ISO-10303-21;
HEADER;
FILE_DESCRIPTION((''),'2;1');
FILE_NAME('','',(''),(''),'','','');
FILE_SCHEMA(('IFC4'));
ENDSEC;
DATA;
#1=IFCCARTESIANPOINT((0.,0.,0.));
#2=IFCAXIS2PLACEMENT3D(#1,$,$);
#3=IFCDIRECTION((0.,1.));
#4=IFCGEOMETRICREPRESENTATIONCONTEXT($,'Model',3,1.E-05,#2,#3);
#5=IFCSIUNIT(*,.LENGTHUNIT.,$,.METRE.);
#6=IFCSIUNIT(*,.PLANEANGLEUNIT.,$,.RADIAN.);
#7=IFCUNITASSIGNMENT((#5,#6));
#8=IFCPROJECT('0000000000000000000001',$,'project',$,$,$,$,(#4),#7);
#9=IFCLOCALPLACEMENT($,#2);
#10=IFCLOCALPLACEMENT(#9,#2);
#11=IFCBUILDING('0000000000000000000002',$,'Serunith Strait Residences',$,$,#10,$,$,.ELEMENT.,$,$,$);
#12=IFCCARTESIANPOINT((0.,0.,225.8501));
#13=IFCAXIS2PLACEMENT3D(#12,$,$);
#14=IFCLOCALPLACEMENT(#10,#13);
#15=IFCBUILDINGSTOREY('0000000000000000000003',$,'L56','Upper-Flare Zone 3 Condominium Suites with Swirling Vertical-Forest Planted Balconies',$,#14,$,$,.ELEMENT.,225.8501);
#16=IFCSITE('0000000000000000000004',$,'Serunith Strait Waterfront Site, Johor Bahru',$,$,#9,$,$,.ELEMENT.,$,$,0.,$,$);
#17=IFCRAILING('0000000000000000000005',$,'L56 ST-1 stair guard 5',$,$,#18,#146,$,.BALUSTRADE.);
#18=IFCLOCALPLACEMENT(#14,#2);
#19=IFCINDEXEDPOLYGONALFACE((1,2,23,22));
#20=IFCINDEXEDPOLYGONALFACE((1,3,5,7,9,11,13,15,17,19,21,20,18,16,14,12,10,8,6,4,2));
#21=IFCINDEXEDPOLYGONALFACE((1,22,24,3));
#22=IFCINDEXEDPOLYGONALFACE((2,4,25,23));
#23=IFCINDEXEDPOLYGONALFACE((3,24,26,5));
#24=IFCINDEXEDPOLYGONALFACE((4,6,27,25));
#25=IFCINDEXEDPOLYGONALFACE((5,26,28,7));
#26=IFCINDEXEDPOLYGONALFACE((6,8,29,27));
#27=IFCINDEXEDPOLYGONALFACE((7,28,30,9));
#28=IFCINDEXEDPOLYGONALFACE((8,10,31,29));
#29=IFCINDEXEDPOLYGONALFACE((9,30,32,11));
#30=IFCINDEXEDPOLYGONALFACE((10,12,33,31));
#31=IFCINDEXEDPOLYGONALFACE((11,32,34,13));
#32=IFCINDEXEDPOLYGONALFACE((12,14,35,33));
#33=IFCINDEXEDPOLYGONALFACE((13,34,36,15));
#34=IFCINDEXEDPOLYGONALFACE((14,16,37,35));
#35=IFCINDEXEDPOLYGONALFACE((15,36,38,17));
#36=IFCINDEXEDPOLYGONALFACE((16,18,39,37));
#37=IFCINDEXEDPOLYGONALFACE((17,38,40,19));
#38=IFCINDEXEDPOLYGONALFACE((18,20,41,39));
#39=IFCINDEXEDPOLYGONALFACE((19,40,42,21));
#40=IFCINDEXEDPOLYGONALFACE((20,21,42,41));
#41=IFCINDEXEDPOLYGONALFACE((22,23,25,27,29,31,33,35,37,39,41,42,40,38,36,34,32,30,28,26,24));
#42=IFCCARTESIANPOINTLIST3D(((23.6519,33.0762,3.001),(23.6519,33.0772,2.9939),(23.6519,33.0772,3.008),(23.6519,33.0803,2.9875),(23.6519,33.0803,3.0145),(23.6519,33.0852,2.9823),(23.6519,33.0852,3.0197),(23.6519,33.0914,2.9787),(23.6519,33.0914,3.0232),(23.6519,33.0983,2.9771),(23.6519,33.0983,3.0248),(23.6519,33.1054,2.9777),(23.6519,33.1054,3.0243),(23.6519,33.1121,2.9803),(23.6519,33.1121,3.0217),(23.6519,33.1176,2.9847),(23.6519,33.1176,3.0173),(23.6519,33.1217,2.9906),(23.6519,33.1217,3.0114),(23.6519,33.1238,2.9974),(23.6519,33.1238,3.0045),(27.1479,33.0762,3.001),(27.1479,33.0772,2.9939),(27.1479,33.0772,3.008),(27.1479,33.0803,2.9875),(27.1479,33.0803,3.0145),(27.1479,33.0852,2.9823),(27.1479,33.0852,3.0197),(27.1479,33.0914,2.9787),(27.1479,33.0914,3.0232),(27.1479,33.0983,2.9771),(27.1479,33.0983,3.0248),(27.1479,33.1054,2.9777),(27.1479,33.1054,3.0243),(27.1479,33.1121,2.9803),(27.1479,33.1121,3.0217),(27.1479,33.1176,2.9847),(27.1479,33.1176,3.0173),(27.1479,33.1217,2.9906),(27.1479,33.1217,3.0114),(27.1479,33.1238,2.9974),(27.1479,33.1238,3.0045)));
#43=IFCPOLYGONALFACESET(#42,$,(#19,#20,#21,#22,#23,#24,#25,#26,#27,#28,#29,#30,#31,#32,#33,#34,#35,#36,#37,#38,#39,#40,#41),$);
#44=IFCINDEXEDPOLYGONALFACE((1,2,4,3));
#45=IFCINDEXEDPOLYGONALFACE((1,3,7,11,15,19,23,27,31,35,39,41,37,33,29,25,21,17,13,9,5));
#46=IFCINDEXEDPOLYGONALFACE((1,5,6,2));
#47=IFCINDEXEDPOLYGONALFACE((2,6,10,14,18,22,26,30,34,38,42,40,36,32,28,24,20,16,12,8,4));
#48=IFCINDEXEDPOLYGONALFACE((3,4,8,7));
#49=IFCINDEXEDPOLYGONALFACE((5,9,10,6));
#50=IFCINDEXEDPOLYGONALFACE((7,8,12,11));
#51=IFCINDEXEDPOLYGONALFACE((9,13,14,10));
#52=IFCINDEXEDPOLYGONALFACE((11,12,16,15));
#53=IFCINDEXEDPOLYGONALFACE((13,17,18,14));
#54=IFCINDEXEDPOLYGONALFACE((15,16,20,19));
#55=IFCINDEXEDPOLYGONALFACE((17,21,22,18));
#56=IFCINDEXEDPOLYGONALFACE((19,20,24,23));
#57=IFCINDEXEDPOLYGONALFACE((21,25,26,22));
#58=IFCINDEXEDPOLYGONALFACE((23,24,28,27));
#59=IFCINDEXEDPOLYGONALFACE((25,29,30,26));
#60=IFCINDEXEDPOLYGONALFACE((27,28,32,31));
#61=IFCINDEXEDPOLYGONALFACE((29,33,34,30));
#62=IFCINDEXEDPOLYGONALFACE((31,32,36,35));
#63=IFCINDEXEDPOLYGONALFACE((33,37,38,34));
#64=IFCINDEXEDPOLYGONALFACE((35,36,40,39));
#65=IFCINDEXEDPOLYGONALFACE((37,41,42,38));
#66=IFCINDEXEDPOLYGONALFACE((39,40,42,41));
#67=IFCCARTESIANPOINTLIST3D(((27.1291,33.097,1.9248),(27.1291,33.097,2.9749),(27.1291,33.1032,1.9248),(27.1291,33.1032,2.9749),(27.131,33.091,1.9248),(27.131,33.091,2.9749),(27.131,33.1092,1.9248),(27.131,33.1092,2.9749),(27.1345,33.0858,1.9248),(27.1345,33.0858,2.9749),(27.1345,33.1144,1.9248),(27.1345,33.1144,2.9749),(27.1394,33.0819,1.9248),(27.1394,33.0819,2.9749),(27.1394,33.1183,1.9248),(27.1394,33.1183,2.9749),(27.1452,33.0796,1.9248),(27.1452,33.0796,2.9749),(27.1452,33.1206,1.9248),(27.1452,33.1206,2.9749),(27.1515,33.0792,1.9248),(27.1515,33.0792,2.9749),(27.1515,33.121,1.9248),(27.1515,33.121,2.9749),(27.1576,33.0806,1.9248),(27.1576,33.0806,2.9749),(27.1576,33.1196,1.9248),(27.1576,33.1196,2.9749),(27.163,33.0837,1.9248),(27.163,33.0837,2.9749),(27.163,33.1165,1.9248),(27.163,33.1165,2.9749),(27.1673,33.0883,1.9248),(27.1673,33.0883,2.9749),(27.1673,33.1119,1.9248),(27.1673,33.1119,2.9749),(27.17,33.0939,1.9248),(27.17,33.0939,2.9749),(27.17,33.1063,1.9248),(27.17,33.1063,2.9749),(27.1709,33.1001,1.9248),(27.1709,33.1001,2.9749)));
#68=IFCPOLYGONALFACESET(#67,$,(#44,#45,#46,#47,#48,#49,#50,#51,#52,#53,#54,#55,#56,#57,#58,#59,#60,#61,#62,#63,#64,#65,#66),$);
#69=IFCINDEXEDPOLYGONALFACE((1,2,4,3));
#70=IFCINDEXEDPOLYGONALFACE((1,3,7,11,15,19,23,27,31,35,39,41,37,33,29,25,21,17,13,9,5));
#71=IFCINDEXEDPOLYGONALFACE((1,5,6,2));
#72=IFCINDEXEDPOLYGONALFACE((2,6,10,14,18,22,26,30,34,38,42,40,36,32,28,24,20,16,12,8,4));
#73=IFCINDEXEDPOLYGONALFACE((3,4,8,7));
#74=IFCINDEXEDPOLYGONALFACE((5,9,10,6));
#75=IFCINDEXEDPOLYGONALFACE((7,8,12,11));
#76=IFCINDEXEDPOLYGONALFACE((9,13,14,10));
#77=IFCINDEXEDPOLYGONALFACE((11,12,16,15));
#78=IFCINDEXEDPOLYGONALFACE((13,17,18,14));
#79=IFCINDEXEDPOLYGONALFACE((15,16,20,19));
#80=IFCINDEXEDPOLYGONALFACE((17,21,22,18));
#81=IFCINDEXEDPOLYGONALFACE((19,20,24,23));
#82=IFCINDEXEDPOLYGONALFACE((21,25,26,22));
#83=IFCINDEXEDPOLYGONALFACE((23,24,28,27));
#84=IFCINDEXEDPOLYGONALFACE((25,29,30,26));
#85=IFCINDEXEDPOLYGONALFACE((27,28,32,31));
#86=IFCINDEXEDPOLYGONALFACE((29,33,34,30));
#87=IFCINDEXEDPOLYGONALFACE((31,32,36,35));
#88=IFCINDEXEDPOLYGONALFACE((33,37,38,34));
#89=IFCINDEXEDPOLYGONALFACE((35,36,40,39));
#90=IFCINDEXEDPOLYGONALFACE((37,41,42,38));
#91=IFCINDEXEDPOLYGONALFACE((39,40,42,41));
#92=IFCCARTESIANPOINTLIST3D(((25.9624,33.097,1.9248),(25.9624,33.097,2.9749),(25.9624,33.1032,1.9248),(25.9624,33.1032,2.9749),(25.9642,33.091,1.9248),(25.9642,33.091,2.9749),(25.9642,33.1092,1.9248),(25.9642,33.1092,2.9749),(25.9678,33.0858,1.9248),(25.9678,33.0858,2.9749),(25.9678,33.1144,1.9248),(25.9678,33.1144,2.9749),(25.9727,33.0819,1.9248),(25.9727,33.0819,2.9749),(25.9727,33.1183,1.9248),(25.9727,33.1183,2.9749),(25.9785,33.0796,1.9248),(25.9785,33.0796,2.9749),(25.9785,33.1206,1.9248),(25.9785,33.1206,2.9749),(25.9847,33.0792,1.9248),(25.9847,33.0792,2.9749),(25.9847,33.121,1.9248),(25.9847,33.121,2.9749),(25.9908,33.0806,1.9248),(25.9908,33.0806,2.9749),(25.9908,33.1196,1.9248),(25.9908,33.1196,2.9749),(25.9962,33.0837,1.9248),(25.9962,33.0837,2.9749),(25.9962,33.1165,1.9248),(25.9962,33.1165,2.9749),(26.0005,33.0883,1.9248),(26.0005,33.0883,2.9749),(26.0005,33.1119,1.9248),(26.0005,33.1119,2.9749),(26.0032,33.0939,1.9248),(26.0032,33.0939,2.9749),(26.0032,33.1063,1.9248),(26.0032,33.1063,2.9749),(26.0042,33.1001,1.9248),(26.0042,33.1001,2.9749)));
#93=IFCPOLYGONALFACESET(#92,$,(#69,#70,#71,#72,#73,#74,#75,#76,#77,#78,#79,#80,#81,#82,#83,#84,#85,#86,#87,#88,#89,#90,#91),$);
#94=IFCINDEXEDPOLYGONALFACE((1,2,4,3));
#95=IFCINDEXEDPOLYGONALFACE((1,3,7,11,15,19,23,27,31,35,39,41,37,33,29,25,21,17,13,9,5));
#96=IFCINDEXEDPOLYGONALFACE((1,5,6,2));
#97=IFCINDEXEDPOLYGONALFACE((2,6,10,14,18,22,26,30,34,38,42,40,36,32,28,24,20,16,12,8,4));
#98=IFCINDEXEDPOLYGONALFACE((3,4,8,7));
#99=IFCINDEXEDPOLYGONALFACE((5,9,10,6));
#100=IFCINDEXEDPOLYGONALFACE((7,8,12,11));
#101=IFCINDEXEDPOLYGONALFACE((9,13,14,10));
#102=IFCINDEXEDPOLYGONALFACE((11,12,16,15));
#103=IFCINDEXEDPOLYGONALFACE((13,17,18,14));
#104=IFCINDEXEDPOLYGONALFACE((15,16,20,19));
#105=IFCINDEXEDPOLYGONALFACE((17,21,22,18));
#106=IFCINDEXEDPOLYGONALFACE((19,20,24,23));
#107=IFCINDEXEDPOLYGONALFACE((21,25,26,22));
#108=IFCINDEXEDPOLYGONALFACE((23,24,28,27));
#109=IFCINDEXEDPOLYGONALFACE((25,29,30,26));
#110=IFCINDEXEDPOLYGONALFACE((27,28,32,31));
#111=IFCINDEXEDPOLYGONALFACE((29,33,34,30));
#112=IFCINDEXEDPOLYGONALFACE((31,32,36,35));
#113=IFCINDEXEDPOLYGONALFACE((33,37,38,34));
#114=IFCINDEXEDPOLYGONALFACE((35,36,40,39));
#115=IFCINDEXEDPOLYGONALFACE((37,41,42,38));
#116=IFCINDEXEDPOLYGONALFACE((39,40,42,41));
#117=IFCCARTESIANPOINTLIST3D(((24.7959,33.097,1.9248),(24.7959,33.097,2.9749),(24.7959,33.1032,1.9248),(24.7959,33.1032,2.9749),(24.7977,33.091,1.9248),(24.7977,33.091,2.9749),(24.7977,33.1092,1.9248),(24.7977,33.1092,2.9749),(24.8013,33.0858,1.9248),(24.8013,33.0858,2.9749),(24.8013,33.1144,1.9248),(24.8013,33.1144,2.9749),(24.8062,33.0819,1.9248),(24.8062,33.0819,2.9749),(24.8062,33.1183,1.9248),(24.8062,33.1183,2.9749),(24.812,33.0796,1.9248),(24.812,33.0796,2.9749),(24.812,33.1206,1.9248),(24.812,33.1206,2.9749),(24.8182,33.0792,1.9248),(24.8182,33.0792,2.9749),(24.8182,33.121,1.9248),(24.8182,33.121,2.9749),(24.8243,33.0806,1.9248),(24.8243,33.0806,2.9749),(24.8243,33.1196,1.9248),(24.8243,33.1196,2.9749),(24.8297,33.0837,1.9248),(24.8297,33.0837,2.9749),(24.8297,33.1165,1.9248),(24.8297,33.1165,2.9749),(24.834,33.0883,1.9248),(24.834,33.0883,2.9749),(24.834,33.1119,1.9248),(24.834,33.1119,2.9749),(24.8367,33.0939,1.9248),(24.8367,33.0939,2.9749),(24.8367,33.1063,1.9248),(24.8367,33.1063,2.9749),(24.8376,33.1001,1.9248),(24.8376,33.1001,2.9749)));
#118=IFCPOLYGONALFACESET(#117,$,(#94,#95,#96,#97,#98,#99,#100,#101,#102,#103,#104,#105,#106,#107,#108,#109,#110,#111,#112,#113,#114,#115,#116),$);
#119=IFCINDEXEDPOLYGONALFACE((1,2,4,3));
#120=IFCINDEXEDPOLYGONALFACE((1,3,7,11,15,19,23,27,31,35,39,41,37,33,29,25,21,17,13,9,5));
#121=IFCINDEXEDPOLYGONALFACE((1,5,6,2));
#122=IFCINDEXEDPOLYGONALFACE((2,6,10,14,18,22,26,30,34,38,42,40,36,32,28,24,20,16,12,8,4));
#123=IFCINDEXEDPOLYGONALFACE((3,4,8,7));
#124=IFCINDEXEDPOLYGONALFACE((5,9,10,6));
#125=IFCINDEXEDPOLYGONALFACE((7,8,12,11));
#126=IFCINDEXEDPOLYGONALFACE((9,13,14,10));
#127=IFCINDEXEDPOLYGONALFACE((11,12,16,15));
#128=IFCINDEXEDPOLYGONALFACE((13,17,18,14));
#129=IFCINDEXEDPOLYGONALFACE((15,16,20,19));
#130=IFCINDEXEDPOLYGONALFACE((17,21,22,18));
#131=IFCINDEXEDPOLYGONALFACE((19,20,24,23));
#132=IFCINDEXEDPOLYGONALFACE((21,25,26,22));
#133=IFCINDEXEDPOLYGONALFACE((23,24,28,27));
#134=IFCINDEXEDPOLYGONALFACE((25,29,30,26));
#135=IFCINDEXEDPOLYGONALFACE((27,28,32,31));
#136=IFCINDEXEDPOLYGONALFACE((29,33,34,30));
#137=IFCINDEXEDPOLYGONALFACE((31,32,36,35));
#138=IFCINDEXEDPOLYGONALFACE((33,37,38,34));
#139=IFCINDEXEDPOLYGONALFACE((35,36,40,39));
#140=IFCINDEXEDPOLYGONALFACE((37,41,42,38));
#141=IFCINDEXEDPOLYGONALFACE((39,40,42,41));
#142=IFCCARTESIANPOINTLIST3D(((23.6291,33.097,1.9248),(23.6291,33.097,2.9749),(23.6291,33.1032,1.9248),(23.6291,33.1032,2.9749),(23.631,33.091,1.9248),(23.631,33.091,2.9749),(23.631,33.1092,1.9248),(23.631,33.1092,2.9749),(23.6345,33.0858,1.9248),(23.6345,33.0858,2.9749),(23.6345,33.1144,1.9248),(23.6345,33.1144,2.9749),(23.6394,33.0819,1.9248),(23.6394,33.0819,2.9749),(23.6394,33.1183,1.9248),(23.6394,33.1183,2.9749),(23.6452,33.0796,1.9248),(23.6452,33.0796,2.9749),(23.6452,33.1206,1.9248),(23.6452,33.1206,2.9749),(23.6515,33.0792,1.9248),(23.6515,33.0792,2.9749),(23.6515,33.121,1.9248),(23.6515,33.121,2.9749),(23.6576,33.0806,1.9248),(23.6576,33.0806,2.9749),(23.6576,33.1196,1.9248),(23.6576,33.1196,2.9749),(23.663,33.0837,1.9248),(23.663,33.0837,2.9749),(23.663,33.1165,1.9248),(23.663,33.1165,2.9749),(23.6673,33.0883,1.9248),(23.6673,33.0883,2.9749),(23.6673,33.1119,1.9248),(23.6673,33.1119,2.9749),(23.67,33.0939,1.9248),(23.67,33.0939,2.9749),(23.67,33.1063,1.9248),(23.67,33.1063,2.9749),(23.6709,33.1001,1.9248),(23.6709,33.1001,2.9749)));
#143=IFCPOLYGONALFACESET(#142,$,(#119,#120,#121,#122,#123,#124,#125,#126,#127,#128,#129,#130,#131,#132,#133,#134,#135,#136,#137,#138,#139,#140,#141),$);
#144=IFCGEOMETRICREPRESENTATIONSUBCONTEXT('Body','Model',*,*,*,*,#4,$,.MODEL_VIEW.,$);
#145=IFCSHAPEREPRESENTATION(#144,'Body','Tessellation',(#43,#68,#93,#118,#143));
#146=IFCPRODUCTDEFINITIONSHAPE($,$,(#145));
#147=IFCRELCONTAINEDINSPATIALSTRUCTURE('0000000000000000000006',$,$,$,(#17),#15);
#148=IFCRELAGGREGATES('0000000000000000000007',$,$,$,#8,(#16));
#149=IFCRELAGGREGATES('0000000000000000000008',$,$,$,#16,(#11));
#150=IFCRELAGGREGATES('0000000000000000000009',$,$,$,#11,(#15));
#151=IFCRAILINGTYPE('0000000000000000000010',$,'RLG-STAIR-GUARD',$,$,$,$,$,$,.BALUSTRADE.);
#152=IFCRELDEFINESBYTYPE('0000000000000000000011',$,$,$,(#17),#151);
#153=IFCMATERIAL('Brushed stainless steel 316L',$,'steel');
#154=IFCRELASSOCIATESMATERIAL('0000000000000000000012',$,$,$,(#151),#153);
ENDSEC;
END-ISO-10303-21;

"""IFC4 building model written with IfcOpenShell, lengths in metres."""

from ifc_helpers import new_model, si_unit, direction, frame, origin, origin_2d, place, context, subcontext, project, spatial, circle, extrude, material, type_object, element, save


model = new_model("IFC4")

# Units and contexts
model_context = context("Model", 3, precision=1e-05, world=origin(), true_north=direction((0.0, 1.0)))
body_context = subcontext(model_context, "Body", "Model", "MODEL_VIEW")
ifc_project = project(units=[si_unit("LENGTHUNIT", "METRE"), si_unit("PLANEANGLEUNIT", "RADIAN")], contexts=[model_context])

# Site, building, storey
site_placement = place(None, origin())
site = spatial("IfcSite", under=ifc_project, at=site_placement, Name="Serunith Strait Waterfront Site, Johor Bahru", CompositionType="ELEMENT", RefElevation=0.0)
building_placement = place(site_placement, origin())
building = spatial("IfcBuilding", under=site, at=building_placement, Name="Serunith Strait Residences", CompositionType="ELEMENT")
storey_placement = place(building_placement, frame((0.0, 0.0, 225.8501)))
storey = spatial("IfcBuildingStorey", under=building, at=storey_placement, Name="L56", Description="Upper-Flare Zone 3 Condominium Suites with Swirling Vertical-Forest Planted Balconies", CompositionType="ELEMENT", Elevation=225.8501)

# Railing
ifc_material_1 = material(Name="Brushed stainless steel 316L", Category="steel")
railing_type_1 = type_object("IfcRailingType", Name="RLG-STAIR-GUARD", PredefinedType="BALUSTRADE", material=ifc_material_1)
railing_1_placement = place(storey_placement, frame((27.1499, 33.1001, 1.9248)))
element("IfcRailing", 1, at=railing_1_placement, inside=storey, type_object=railing_type_1, Name="L56 ST-1 stair guard 5", PredefinedType="BALUSTRADE", context=body_context, shape_type="SweptSolid", body=[
    extrude(circle(Radius=0.0239, at=origin_2d()), frame((-0.002, 0.0, 1.0762), z_axis=(-1.0, 0.0, 0.0), x_axis=(0.0, -1.0, 0.0)), (0.0, 0.0, 1.0), 3.4961),
    extrude(circle(Radius=0.021, at=origin_2d()), origin(), (0.0, 0.0, 1.0), 1.05),
    extrude(circle(Radius=0.021, at=origin_2d()), frame((-1.1667, 0.0, 0.0)), (0.0, 0.0, 1.0), 1.05),
    extrude(circle(Radius=0.021, at=origin_2d()), frame((-2.3333, 0.0, 0.0)), (0.0, 0.0, 1.0), 1.05),
    extrude(circle(Radius=0.021, at=origin_2d()), frame((-3.5, 0.0, 0.0)), (0.0, 0.0, 1.0), 1.05),
])

save(model, "model.ifc")
